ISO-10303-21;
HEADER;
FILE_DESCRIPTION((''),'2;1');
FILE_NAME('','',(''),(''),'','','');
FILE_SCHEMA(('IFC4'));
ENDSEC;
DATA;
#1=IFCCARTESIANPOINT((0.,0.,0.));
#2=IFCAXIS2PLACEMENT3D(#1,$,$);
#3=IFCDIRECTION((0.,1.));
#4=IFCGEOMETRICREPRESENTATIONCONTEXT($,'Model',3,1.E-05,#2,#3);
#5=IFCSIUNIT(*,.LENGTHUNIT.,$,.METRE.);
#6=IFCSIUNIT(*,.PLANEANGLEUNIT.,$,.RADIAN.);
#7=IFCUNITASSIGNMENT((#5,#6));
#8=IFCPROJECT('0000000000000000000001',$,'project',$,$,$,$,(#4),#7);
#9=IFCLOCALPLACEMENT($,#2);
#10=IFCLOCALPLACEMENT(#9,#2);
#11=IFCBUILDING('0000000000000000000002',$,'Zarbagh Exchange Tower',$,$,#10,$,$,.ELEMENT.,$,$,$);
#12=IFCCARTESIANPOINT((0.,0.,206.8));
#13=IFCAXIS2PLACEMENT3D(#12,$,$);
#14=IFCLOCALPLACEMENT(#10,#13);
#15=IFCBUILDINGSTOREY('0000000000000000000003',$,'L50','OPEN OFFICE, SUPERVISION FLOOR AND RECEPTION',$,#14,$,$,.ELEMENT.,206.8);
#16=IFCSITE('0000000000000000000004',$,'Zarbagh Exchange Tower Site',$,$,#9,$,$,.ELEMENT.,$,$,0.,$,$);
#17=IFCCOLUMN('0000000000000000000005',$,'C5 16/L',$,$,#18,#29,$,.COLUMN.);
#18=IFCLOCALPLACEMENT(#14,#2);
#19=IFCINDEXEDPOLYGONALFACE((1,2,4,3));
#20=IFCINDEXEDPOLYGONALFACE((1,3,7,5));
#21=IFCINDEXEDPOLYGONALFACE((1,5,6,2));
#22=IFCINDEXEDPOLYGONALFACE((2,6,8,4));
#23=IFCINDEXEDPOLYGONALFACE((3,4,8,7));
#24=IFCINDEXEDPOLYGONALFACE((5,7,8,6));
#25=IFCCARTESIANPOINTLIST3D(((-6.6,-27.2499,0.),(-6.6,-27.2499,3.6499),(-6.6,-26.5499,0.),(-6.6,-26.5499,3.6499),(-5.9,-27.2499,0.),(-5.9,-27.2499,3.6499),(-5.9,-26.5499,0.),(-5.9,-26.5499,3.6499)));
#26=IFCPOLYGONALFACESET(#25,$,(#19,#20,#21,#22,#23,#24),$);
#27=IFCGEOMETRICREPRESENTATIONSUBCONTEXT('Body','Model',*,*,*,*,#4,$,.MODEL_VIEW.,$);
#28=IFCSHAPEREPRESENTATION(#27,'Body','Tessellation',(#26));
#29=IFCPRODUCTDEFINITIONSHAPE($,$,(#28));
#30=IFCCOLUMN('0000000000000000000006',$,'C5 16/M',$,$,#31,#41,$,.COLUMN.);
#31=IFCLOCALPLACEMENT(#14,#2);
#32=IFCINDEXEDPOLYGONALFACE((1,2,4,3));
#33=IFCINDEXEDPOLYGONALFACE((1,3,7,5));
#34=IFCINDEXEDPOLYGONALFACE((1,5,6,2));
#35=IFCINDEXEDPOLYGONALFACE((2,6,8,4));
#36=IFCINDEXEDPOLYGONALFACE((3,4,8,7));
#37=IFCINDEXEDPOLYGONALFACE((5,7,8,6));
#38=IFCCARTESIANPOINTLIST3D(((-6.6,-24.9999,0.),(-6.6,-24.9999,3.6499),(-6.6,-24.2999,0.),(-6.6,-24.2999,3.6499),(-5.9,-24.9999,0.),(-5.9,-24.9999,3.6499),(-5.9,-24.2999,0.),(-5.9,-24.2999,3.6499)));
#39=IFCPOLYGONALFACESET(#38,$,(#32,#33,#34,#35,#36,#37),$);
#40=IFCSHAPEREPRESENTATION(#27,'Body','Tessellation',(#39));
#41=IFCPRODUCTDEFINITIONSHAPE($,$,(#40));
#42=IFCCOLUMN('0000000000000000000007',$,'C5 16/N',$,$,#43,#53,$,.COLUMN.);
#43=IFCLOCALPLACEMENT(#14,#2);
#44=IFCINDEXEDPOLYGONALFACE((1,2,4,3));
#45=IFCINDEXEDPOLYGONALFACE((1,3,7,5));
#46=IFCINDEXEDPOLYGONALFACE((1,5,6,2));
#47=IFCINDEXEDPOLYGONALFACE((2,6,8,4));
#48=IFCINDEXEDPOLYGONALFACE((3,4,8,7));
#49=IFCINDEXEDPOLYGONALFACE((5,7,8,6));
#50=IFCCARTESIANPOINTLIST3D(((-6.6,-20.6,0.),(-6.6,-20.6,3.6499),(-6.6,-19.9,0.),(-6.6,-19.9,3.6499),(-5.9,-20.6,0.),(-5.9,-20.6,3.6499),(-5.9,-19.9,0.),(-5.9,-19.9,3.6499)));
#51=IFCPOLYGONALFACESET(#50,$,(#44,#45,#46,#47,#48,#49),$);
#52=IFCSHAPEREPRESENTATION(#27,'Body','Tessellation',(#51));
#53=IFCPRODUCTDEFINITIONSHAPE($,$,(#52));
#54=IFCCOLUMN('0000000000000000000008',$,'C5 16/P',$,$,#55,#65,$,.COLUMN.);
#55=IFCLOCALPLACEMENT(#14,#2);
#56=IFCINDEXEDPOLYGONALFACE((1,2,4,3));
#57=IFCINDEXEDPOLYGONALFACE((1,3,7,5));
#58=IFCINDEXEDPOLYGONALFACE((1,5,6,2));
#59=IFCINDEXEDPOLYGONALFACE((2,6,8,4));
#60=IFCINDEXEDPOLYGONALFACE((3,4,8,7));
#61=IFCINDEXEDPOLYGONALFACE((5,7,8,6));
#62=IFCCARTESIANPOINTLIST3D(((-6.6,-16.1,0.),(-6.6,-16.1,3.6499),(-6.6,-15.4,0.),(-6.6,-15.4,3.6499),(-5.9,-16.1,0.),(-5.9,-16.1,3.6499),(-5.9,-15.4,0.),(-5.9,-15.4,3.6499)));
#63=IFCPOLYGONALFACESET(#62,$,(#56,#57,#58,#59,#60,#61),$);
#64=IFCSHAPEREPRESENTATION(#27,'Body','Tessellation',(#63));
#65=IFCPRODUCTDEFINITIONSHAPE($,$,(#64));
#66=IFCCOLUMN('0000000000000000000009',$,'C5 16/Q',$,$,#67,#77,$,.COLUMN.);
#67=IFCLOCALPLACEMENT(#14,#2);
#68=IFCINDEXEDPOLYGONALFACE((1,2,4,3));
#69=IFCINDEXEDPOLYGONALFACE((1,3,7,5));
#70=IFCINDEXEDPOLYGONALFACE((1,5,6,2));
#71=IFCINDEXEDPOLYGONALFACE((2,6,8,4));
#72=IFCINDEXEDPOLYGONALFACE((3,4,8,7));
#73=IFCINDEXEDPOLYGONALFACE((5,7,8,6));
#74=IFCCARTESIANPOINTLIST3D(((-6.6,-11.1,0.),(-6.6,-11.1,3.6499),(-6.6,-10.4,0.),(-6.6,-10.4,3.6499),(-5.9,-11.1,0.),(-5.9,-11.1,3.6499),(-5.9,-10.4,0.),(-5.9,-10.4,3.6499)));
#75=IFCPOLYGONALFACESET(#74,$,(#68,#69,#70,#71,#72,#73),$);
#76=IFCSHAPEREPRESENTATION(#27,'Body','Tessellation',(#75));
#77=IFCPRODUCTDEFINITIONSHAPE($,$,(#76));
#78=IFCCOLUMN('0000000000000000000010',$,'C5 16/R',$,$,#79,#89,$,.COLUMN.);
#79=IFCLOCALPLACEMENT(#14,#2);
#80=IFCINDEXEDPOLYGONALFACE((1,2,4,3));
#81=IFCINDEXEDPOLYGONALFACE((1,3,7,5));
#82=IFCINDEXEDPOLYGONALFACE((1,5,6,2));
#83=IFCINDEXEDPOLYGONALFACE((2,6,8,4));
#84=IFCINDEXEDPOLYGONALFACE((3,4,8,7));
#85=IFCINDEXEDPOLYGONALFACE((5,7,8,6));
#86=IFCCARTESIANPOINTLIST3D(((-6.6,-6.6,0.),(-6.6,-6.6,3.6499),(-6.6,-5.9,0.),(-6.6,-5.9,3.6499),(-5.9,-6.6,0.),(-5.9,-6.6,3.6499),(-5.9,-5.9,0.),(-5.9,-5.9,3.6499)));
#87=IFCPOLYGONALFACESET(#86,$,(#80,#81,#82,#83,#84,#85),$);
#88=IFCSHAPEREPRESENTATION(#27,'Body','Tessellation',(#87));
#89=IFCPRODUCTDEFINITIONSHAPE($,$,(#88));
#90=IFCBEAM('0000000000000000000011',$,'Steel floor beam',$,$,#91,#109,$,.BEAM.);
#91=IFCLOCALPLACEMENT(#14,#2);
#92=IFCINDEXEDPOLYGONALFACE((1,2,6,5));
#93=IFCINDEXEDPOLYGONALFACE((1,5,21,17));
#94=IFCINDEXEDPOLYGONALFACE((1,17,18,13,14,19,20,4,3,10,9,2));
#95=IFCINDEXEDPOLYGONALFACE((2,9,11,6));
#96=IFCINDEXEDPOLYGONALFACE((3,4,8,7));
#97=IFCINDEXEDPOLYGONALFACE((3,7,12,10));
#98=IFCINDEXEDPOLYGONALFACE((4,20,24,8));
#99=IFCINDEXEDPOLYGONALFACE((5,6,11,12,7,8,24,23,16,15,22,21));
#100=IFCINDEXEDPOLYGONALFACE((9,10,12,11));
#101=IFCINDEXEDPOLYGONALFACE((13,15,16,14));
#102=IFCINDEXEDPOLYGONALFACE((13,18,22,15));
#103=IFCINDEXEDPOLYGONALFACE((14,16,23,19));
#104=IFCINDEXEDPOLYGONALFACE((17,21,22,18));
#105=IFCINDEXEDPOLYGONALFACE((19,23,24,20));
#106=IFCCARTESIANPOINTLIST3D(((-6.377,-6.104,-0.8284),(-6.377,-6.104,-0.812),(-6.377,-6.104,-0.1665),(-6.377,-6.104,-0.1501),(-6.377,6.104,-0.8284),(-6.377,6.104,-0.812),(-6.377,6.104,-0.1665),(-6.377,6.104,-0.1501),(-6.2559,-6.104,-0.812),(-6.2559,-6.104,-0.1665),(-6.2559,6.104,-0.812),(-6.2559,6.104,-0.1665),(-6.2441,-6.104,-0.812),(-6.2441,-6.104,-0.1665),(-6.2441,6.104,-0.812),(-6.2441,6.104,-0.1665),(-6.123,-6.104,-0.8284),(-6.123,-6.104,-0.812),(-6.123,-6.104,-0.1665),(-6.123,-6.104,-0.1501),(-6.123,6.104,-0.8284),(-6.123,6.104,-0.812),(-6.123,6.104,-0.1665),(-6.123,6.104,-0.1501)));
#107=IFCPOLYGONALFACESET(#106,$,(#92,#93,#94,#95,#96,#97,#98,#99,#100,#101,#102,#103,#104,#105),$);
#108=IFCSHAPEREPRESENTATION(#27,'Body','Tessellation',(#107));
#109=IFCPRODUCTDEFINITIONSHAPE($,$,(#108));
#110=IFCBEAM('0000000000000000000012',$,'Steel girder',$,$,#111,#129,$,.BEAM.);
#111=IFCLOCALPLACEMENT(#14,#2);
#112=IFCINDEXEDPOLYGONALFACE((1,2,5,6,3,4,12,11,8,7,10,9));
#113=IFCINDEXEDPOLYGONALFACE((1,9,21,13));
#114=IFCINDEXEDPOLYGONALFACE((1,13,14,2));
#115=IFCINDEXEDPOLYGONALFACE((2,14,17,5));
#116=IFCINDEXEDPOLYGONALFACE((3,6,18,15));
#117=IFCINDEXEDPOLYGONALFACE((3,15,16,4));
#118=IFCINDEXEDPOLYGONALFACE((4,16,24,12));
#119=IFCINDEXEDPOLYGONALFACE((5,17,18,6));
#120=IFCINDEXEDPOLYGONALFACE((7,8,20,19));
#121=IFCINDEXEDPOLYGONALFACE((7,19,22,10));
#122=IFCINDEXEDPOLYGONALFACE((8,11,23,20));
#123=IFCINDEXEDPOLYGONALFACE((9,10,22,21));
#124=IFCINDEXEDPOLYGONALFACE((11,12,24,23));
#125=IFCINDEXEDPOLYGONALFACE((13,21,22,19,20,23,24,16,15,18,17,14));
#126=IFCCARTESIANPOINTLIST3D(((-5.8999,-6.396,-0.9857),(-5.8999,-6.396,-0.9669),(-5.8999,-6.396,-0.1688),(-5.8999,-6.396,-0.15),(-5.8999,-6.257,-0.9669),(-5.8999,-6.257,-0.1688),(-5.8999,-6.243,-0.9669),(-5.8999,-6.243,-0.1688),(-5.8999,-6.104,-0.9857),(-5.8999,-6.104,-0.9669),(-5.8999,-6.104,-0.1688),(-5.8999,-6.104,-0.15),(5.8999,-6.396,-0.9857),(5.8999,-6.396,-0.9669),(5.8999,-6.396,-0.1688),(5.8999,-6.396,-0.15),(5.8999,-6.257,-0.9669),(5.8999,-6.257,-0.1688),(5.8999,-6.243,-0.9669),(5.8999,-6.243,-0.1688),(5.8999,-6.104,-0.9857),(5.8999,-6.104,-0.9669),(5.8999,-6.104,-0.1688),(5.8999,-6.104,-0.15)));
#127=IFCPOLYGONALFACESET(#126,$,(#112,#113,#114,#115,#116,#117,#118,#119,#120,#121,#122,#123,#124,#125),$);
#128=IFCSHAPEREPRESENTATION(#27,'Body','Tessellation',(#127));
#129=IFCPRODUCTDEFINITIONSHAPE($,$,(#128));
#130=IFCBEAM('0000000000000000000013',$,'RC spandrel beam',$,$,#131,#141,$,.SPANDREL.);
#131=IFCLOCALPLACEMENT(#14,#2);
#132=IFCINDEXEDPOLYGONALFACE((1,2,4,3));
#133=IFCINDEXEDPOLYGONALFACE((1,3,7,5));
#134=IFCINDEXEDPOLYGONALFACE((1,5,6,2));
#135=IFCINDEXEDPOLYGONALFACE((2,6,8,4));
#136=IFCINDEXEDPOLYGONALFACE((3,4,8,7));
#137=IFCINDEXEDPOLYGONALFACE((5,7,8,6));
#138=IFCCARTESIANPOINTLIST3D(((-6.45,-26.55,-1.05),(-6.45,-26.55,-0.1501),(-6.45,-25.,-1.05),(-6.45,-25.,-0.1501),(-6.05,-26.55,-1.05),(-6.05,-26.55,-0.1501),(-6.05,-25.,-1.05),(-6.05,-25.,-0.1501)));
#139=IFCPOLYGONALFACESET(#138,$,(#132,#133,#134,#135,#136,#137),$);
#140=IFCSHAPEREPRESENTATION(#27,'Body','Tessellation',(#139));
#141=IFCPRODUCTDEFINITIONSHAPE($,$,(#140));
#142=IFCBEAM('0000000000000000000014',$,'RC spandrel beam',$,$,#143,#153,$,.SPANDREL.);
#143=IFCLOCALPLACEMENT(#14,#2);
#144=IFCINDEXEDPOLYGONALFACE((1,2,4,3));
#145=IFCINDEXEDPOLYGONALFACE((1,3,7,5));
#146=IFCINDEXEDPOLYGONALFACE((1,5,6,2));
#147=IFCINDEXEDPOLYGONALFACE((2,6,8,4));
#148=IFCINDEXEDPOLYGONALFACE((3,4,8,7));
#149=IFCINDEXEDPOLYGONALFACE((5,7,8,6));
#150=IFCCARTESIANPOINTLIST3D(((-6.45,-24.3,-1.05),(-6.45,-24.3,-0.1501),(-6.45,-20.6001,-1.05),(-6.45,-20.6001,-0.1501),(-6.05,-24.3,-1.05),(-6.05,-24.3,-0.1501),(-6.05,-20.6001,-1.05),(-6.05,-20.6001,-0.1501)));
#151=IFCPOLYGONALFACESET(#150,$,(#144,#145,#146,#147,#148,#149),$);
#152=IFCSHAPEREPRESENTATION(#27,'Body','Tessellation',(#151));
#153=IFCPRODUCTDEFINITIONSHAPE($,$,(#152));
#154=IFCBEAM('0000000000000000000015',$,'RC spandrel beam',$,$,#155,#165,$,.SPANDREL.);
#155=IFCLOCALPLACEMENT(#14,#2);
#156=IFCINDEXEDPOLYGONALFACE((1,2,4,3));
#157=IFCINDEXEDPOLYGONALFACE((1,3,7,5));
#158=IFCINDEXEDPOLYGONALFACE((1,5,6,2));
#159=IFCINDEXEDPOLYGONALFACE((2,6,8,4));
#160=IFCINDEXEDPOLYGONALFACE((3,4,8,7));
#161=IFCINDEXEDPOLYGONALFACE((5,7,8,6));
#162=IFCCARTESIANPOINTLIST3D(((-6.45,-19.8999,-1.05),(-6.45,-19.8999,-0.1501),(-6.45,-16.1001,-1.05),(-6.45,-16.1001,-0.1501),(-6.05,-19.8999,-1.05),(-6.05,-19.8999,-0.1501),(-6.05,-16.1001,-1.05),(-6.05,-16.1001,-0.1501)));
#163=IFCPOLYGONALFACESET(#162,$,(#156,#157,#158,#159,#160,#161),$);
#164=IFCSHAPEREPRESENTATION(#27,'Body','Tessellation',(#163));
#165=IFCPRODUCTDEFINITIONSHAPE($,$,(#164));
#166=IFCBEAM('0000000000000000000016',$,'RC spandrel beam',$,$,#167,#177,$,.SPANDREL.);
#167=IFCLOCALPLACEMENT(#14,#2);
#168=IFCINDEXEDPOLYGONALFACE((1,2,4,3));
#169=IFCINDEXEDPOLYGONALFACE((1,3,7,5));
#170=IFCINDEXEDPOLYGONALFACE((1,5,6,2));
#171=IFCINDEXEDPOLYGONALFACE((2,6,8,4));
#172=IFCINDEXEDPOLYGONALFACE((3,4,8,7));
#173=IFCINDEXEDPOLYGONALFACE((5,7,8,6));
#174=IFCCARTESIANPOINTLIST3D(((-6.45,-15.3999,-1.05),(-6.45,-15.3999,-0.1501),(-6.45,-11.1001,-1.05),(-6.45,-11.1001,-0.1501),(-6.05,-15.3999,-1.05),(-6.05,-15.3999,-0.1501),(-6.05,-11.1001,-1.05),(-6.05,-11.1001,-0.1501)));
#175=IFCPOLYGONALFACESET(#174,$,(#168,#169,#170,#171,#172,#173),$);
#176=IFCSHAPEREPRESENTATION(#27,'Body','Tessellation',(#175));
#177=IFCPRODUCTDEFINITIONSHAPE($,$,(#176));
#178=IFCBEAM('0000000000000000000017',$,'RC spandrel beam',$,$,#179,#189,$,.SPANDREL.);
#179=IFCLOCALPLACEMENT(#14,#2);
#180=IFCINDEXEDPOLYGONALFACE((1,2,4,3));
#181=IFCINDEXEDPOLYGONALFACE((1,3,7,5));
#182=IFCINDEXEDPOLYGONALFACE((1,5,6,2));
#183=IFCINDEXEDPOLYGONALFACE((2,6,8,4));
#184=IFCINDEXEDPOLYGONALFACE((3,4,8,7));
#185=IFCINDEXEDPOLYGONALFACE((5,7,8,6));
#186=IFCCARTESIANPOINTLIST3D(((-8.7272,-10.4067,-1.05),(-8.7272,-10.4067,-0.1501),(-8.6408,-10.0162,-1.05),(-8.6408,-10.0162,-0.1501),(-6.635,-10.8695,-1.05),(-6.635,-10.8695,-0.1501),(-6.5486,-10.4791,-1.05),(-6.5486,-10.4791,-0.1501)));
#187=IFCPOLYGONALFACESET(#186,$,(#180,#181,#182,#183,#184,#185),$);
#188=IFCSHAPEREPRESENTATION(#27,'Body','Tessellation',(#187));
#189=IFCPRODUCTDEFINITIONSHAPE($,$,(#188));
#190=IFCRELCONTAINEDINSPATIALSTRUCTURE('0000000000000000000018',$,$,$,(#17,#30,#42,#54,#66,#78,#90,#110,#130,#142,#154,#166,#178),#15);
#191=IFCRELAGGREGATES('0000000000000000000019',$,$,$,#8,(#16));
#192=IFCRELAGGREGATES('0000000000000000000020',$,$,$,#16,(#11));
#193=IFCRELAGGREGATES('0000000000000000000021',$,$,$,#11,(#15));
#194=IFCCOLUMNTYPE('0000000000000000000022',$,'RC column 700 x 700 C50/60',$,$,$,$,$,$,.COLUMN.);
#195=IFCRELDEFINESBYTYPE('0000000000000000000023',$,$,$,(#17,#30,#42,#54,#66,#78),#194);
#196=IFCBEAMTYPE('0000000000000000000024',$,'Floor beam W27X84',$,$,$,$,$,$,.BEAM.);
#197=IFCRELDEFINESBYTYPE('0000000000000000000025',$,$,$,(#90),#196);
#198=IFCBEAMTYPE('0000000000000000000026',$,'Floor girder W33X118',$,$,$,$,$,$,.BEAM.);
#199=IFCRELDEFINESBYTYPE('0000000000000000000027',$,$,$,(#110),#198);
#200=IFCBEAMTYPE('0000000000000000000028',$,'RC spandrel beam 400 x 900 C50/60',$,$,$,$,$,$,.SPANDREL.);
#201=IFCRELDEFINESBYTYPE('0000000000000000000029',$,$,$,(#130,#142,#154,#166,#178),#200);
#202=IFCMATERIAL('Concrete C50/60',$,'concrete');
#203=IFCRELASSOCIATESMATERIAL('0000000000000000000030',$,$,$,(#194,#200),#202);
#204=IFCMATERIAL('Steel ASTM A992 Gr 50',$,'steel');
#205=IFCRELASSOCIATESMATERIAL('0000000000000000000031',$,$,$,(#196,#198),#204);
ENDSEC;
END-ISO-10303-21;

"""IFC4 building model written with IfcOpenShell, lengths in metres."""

from ifc_helpers import new_model, si_unit, direction, frame, origin, origin_2d, place, context, subcontext, project, spatial, rectangle, i_section, extrude, material, material_profile, profile_set, type_object, element, save


model = new_model("IFC4")

# Units and contexts
model_context = context("Model", 3, precision=1e-05, world=origin(), true_north=direction((0.0, 1.0)))
body_context = subcontext(model_context, "Body", "Model", "MODEL_VIEW")
ifc_project = project(units=[si_unit("LENGTHUNIT", "METRE"), si_unit("PLANEANGLEUNIT", "RADIAN")], contexts=[model_context])

# Site, building, storey
site_placement = place(None, origin())
site = spatial("IfcSite", under=ifc_project, at=site_placement, Name="Zarbagh Exchange Tower Site", CompositionType="ELEMENT", RefElevation=0.0)
building_placement = place(site_placement, origin())
building = spatial("IfcBuilding", under=site, at=building_placement, Name="Zarbagh Exchange Tower", CompositionType="ELEMENT")
storey_placement = place(building_placement, frame((0.0, 0.0, 206.8)))
storey = spatial("IfcBuildingStorey", under=building, at=storey_placement, Name="L50", Description="OPEN OFFICE, SUPERVISION FLOOR AND RECEPTION", CompositionType="ELEMENT", Elevation=206.8)

# Columns
ifc_material_1 = material(Name="Concrete C50/60", Category="concrete")
ifc_material_profile_1 = material_profile(ifc_material_1, rectangle(XDim=0.7, YDim=0.7, at=origin_2d()), Name="RC column 700 x 700 C50/60")
ifc_profile_set_1 = profile_set([ifc_material_profile_1], Name="Concrete C50/60")
column_type = type_object("IfcColumnType", Name="RC column 700 x 700 C50/60", PredefinedType="COLUMN", material=ifc_profile_set_1)
for number, where, z_axis, x_axis, name in (
    (1, (-6.25, -26.8999, 0.0), (0.0, 0.0, 1.0), (1.0, 0.0, 0.0), "C5 16/L"),
    (2, (-6.25, -24.6499, 0.0), (0.0, 0.0, 1.0), (1.0, 0.0, 0.0), "C5 16/M"),
    (3, (-6.25, -20.25, 0.0), (0.0, 0.0, 1.0), (1.0, 0.0, 0.0), "C5 16/N"),
    (4, (-6.25, -15.75, 0.0), (0.0, 0.0, 1.0), (1.0, 0.0, 0.0), "C5 16/P"),
    (5, (-6.25, -10.75, 0.0), (0.0, 0.0, 1.0), (1.0, 0.0, 0.0), "C5 16/Q"),
    (6, (-6.25, -6.25, 0.0), (0.0, 0.0, 1.0), (1.0, 0.0, 0.0), "C5 16/R"),
):
    element("IfcColumn", number, at=place(storey_placement, frame(where, z_axis=z_axis, x_axis=x_axis)), inside=storey, type_object=column_type, Name=name, PredefinedType="COLUMN", context=body_context, shape_type="SweptSolid", body=[
        extrude(rectangle(XDim=0.7, YDim=0.7, at=origin_2d()), origin(), (0.0, 0.0, 1.0), 3.6499),
    ])

# Beams
ifc_material_2 = material(Name="Steel ASTM A992 Gr 50", Category="steel")
ifc_material_profile_2 = material_profile(ifc_material_2, i_section(OverallWidth=0.2539, OverallDepth=0.6782, WebThickness=0.0117, FlangeThickness=0.0164, at=origin_2d()), Name="W27X84")
ifc_profile_set_2 = profile_set([ifc_material_profile_2], Name="Steel ASTM A992 Gr 50")
beam_type_1 = type_object("IfcBeamType", Name="Floor beam W27X84", PredefinedType="BEAM", material=ifc_profile_set_2)
beam_1_placement = place(storey_placement, frame((-6.25, -6.104, -0.4893), z_axis=(0.0, 1.0, 0.0), x_axis=(-1.0, 0.0, 0.0)))
element("IfcBeam", 7, at=beam_1_placement, inside=storey, type_object=beam_type_1, Name="Steel floor beam", PredefinedType="BEAM", context=body_context, shape_type="SweptSolid", body=[
    extrude(i_section(OverallWidth=0.2539, OverallDepth=0.6782, WebThickness=0.0117, FlangeThickness=0.0164, at=origin_2d()), origin(), (0.0, 0.0, 1.0), 12.208),
])
ifc_material_profile_3 = material_profile(ifc_material_2, i_section(OverallWidth=0.292, OverallDepth=0.8357, WebThickness=0.0139, FlangeThickness=0.0188, at=origin_2d()), Name="W33X118")
ifc_profile_set_3 = profile_set([ifc_material_profile_3], Name="Steel ASTM A992 Gr 50")
beam_type_2 = type_object("IfcBeamType", Name="Floor girder W33X118", PredefinedType="BEAM", material=ifc_profile_set_3)
beam_2_placement = place(storey_placement, frame((-5.8999, -6.25, -0.5679), z_axis=(1.0, 0.0, 0.0), x_axis=(0.0, 1.0, 0.0)))
element("IfcBeam", 8, at=beam_2_placement, inside=storey, type_object=beam_type_2, Name="Steel girder", PredefinedType="BEAM", context=body_context, shape_type="SweptSolid", body=[
    extrude(i_section(OverallWidth=0.292, OverallDepth=0.8357, WebThickness=0.0139, FlangeThickness=0.0188, at=origin_2d()), origin(), (0.0, 0.0, 1.0), 11.7998),
])
ifc_material_profile_4 = material_profile(ifc_material_1, rectangle(XDim=0.3999, YDim=0.8999, at=origin_2d()), Name="RC spandrel beam 400 x 900 C50/60")
ifc_profile_set_4 = profile_set([ifc_material_profile_4], Name="Concrete C50/60")
beam_type_3 = type_object("IfcBeamType", Name="RC spandrel beam 400 x 900 C50/60", PredefinedType="SPANDREL", material=ifc_profile_set_4)
beam_3_placement = place(storey_placement, frame((-6.25, -26.55, -0.6001), z_axis=(0.0, 1.0, 0.0), x_axis=(-1.0, 0.0, 0.0)))
element("IfcBeam", 9, at=beam_3_placement, inside=storey, type_object=beam_type_3, Name="RC spandrel beam", PredefinedType="SPANDREL", context=body_context, shape_type="SweptSolid", body=[
    extrude(rectangle(XDim=0.3999, YDim=0.8999, at=origin_2d()), origin(), (0.0, 0.0, 1.0), 1.55),
])
beam_4_placement = place(storey_placement, frame((-6.25, -24.3, -0.6001), z_axis=(0.0, 1.0, 0.0), x_axis=(-1.0, 0.0, 0.0)))
element("IfcBeam", 10, at=beam_4_placement, inside=storey, type_object=beam_type_3, Name="RC spandrel beam", PredefinedType="SPANDREL", context=body_context, shape_type="SweptSolid", body=[
    extrude(rectangle(XDim=0.3999, YDim=0.8999, at=origin_2d()), origin(), (0.0, 0.0, 1.0), 3.7),
])
beam_5_placement = place(storey_placement, frame((-6.25, -19.8999, -0.6001), z_axis=(0.0, 1.0, 0.0), x_axis=(-1.0, 0.0, 0.0)))
element("IfcBeam", 11, at=beam_5_placement, inside=storey, type_object=beam_type_3, Name="RC spandrel beam", PredefinedType="SPANDREL", context=body_context, shape_type="SweptSolid", body=[
    extrude(rectangle(XDim=0.3999, YDim=0.8999, at=origin_2d()), origin(), (0.0, 0.0, 1.0), 3.7998),
])
beam_6_placement = place(storey_placement, frame((-6.25, -15.3999, -0.6001), z_axis=(0.0, 1.0, 0.0), x_axis=(-1.0, 0.0, 0.0)))
element("IfcBeam", 12, at=beam_6_placement, inside=storey, type_object=beam_type_3, Name="RC spandrel beam", PredefinedType="SPANDREL", context=body_context, shape_type="SweptSolid", body=[
    extrude(rectangle(XDim=0.3999, YDim=0.8999, at=origin_2d()), origin(), (0.0, 0.0, 1.0), 4.2998),
])
beam_7_placement = place(storey_placement, frame((-6.5918, -10.6743, -0.6001), z_axis=(-0.97639, 0.216014, 0.0), x_axis=(-0.216014, -0.97639, 0.0)))
element("IfcBeam", 13, at=beam_7_placement, inside=storey, type_object=beam_type_3, Name="RC spandrel beam", PredefinedType="SPANDREL", context=body_context, shape_type="SweptSolid", body=[
    extrude(rectangle(XDim=0.3999, YDim=0.8999, at=origin_2d()), origin(), (0.0, 0.0, 1.0), 2.1428),
])

save(model, "model.ifc")
